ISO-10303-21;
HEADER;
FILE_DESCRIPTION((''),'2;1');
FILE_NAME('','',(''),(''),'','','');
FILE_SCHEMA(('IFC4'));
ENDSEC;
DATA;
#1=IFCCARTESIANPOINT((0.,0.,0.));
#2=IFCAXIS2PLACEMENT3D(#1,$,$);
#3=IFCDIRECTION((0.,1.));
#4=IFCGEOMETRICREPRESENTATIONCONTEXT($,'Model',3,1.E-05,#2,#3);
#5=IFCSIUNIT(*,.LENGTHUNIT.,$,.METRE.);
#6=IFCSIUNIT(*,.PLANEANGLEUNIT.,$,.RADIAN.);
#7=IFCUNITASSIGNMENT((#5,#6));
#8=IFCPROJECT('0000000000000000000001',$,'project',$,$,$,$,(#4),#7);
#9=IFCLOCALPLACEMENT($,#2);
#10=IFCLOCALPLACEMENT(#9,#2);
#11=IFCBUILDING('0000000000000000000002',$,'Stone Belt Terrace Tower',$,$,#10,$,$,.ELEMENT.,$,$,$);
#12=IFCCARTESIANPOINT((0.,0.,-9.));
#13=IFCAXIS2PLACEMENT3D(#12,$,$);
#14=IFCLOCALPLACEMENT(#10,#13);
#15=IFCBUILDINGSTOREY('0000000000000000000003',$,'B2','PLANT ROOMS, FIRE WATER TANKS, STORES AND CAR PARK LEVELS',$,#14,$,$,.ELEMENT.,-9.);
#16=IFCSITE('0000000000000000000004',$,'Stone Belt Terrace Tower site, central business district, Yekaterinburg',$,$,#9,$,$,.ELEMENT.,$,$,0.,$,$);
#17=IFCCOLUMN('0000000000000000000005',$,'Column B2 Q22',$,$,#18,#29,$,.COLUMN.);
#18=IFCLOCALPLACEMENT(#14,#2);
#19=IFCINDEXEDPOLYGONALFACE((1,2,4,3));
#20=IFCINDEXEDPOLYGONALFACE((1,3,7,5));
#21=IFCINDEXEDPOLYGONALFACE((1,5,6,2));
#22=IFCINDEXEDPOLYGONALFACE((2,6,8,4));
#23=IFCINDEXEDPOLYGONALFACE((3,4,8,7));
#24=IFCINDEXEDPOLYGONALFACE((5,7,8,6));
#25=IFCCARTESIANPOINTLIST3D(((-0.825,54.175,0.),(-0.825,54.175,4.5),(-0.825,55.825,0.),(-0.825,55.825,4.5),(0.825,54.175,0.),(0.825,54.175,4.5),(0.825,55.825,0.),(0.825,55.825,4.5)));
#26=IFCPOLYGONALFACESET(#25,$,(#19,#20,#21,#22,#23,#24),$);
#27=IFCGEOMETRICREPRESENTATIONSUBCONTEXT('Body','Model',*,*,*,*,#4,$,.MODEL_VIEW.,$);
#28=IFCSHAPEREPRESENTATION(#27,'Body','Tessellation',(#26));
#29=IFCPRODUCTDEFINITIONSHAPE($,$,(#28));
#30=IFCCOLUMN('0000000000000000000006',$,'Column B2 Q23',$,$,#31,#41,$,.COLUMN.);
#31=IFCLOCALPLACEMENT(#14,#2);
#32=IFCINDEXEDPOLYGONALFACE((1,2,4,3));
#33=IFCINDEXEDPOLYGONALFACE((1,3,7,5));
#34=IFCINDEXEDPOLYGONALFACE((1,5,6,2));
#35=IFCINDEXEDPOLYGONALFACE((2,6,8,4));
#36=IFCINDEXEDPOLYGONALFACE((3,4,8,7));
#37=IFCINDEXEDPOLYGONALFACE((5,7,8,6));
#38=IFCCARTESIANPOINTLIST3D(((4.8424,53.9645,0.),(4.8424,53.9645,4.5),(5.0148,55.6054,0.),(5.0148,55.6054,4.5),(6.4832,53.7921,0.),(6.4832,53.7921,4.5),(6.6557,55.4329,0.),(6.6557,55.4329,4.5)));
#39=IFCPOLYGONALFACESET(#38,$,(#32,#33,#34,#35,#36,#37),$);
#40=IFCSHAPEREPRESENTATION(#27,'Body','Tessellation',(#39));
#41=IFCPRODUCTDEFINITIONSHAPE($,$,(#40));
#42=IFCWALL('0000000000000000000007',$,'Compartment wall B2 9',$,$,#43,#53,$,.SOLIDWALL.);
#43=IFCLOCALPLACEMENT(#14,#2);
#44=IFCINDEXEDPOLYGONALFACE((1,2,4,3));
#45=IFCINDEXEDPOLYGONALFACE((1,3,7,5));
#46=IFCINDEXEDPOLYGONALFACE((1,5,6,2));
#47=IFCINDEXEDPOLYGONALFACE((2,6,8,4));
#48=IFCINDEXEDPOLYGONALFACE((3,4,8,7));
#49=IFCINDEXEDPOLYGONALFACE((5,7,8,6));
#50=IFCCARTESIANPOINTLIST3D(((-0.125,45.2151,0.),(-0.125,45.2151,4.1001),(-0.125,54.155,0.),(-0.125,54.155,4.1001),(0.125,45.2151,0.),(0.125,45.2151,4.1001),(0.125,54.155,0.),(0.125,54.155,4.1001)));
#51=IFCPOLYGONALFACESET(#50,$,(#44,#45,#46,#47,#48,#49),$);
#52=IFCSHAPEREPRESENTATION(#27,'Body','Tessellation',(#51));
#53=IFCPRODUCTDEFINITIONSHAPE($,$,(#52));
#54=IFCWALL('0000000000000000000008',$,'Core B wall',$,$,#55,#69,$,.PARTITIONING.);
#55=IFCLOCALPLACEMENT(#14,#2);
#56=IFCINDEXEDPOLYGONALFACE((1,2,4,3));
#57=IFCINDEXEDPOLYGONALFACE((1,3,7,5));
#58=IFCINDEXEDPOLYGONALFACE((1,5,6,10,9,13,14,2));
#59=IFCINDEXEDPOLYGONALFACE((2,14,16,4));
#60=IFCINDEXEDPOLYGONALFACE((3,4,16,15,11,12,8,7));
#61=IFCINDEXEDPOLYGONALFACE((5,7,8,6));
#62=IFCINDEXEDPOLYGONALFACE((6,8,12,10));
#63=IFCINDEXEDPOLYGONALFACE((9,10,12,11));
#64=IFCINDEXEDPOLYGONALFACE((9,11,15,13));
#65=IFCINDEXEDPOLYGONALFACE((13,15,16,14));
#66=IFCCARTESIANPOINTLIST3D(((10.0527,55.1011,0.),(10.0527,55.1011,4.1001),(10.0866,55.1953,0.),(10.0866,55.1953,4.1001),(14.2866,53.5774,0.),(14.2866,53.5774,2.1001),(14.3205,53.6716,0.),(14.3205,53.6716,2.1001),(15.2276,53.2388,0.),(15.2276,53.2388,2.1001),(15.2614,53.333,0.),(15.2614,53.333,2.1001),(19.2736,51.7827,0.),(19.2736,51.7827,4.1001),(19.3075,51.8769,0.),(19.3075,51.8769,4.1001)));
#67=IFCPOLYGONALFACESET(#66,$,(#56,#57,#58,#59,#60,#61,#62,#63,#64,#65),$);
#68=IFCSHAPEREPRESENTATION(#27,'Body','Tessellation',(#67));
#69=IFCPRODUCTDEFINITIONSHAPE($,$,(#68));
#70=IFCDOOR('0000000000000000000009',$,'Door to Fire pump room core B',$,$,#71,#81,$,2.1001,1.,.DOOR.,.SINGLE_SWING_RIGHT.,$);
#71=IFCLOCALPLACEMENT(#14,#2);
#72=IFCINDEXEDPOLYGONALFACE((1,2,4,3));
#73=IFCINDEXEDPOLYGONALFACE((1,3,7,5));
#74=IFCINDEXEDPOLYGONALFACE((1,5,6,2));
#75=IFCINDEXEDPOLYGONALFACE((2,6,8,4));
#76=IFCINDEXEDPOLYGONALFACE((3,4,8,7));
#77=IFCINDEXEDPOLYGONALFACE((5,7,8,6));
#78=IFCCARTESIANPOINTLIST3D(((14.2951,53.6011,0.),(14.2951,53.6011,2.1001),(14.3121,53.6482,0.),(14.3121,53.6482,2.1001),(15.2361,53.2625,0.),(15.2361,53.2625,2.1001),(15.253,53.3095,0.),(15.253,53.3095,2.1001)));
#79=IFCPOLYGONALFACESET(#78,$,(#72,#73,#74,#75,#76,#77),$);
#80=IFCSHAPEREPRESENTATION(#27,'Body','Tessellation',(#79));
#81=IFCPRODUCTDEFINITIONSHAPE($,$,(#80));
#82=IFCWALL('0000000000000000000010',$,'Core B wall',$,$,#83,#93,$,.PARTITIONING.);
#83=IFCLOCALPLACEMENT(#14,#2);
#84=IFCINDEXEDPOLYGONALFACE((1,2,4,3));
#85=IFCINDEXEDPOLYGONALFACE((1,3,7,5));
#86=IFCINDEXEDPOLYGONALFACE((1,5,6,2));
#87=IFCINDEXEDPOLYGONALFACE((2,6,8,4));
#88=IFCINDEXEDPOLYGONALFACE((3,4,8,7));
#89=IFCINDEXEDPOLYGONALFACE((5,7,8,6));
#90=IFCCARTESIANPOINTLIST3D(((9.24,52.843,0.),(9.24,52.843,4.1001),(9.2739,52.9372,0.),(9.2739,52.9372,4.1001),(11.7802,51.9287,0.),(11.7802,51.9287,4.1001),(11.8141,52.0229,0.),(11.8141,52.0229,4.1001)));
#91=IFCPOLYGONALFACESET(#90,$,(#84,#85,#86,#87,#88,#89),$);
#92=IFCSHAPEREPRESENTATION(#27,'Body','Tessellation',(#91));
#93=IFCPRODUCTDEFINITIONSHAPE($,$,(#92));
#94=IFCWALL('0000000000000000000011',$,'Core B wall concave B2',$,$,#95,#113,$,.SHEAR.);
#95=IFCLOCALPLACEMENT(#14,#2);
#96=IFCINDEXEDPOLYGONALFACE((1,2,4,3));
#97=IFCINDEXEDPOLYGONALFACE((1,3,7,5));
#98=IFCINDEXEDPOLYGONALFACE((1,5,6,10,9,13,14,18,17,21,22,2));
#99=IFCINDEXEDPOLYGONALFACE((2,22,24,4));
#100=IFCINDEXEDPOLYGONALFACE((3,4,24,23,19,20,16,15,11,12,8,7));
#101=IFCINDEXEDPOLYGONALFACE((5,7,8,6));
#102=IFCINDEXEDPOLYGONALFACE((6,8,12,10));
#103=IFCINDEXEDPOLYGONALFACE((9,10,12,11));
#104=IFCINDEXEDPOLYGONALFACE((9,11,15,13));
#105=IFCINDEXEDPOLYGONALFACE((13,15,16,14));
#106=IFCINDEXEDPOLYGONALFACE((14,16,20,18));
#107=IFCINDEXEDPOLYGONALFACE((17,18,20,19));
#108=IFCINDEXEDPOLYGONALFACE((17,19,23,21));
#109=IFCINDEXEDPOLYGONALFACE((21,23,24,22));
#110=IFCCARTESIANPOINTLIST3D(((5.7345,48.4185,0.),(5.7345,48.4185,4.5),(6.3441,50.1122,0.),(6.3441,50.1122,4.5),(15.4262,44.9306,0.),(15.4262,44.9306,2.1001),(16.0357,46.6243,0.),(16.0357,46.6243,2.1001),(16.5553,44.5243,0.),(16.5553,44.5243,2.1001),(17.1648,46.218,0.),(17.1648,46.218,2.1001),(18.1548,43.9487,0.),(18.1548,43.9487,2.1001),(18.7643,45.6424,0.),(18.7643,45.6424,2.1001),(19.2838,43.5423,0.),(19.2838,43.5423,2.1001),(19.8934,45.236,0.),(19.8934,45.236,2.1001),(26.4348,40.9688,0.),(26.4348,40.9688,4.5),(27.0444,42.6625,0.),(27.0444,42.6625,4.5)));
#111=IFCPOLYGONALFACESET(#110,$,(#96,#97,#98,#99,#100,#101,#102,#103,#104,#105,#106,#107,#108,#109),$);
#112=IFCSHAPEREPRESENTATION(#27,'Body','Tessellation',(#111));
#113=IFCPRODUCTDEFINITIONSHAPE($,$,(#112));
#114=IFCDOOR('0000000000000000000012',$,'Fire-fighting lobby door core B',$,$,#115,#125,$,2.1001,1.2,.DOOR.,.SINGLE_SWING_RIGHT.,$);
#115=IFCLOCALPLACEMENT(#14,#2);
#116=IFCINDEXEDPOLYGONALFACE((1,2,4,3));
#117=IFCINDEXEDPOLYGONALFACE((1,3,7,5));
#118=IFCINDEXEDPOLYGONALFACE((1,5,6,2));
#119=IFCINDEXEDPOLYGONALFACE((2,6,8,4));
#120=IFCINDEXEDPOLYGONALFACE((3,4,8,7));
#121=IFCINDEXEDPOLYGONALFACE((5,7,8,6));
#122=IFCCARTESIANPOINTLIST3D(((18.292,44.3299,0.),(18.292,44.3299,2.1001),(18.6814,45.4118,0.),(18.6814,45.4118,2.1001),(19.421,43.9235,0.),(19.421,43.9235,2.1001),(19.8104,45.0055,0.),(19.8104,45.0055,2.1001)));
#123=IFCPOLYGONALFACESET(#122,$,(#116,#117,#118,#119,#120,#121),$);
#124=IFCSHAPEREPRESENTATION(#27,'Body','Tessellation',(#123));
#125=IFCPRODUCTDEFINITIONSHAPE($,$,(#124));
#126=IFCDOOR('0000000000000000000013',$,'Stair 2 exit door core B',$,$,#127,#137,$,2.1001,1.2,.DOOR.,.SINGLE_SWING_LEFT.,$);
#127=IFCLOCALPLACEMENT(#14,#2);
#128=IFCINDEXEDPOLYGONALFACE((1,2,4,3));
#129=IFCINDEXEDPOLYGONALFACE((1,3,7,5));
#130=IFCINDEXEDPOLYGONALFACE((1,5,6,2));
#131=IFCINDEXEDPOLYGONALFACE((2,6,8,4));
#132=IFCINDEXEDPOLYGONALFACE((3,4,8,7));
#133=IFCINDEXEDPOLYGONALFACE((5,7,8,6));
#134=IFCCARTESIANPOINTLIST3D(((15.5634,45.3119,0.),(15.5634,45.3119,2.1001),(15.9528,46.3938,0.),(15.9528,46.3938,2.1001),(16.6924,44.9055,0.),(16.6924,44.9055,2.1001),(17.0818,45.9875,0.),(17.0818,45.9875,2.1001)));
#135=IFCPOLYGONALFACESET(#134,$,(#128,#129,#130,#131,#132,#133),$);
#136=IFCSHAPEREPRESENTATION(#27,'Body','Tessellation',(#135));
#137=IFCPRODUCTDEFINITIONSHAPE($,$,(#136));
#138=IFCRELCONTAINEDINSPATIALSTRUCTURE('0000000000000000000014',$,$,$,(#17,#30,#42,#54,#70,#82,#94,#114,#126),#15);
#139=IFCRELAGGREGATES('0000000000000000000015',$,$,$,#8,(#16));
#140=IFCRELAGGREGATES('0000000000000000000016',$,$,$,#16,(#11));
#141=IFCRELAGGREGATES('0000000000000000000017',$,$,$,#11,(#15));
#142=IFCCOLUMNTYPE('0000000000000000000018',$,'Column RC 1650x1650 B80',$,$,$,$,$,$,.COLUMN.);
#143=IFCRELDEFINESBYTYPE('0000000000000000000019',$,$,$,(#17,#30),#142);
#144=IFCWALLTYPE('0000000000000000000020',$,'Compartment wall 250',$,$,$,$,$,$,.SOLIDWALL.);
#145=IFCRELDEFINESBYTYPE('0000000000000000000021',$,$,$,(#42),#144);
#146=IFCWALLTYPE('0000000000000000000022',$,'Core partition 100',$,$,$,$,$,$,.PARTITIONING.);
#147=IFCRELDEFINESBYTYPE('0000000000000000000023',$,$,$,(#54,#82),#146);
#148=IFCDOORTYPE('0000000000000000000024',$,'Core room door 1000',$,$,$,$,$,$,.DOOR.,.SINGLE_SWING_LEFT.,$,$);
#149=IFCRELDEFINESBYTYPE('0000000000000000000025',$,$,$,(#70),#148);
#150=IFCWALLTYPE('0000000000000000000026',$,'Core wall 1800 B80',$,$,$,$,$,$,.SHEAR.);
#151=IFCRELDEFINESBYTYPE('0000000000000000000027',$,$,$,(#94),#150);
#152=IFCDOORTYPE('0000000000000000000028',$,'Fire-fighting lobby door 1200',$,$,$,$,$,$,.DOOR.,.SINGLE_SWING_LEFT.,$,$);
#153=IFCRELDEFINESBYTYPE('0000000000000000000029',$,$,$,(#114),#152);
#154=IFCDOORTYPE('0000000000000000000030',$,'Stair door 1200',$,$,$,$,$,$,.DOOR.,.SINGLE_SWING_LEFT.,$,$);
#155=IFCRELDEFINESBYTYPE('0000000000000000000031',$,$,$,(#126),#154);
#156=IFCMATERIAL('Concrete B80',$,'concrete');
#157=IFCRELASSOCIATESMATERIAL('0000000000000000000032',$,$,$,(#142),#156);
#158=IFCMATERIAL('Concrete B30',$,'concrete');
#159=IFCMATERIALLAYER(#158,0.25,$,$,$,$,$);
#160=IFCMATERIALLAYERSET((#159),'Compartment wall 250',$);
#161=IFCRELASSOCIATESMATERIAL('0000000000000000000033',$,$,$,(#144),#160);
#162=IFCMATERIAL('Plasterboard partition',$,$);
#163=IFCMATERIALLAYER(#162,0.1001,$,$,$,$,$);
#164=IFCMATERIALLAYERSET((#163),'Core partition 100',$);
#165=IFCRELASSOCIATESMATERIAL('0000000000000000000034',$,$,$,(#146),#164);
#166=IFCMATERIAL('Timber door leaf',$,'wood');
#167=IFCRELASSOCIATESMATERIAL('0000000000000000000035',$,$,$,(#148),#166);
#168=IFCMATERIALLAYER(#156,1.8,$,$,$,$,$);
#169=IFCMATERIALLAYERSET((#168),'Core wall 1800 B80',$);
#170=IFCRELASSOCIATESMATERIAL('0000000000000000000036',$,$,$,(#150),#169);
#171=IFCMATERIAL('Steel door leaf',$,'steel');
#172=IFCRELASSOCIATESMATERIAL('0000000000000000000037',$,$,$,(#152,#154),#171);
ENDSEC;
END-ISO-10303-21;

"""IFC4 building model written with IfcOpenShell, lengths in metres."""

from ifc_helpers import new_model, si_unit, direction, frame, frame_2d, origin, origin_2d, place, context, subcontext, project, spatial, rectangle, extrude, material, layer, layer_set, material_profile, profile_set, type_object, element, fill, save


model = new_model("IFC4")

# Units and contexts
model_context = context("Model", 3, precision=1e-05, world=origin(), true_north=direction((0.0, 1.0)))
body_context = subcontext(model_context, "Body", "Model", "MODEL_VIEW")
ifc_project = project(units=[si_unit("LENGTHUNIT", "METRE"), si_unit("PLANEANGLEUNIT", "RADIAN")], contexts=[model_context])

# Site, building, storey
site_placement = place(None, origin())
site = spatial("IfcSite", under=ifc_project, at=site_placement, Name="Stone Belt Terrace Tower site, central business district, Yekaterinburg", CompositionType="ELEMENT", RefElevation=0.0)
building_placement = place(site_placement, origin())
building = spatial("IfcBuilding", under=site, at=building_placement, Name="Stone Belt Terrace Tower", CompositionType="ELEMENT")
storey_placement = place(building_placement, frame((0.0, 0.0, -9.0)))
storey = spatial("IfcBuildingStorey", under=building, at=storey_placement, Name="B2", Description="PLANT ROOMS, FIRE WATER TANKS, STORES AND CAR PARK LEVELS", CompositionType="ELEMENT", Elevation=-9.0)

# Columns
ifc_material_1 = material(Name="Concrete B80", Category="concrete")
ifc_material_profile = material_profile(ifc_material_1, rectangle(XDim=1.6499, YDim=1.6499, at=origin_2d()), Name="RC 1650x1650")
ifc_profile_set = profile_set([ifc_material_profile], Name="Concrete B80")
column_type = type_object("IfcColumnType", Name="Column RC 1650x1650 B80", PredefinedType="COLUMN", material=ifc_profile_set)
for number, where, z_axis, x_axis, name in (
    (1, (0.0, 55.0, 0.0), (0.0, 0.0, 1.0), (1.0, 0.0, 0.0), "Column B2 Q22"),
    (2, (5.749, 54.6987, 0.0), (0.0, 0.0, 1.0), (0.994522, -0.104528, 0.0), "Column B2 Q23"),
):
    element("IfcColumn", number, at=place(storey_placement, frame(where, z_axis=z_axis, x_axis=x_axis)), inside=storey, type_object=column_type, Name=name, PredefinedType="COLUMN", context=body_context, shape_type="SweptSolid", body=[
        extrude(rectangle(XDim=1.6499, YDim=1.6499, at=origin_2d()), origin(), (0.0, 0.0, 1.0), 4.5),
    ])

# Wall
ifc_material_2 = material(Name="Concrete B30", Category="concrete")
ifc_layer_1 = layer(ifc_material_2, 0.25)
ifc_layer_set_1 = layer_set([ifc_layer_1], Name="Compartment wall 250")
wall_type_1 = type_object("IfcWallType", Name="Compartment wall 250", PredefinedType="SOLIDWALL", material=ifc_layer_set_1)
wall_1_placement = place(storey_placement, frame((0.0, 45.2151, 0.0), z_axis=(0.0, 0.0, 1.0), x_axis=(0.0, 1.0, 0.0)))
element("IfcWall", 3, at=wall_1_placement, inside=storey, type_object=wall_type_1, Name="Compartment wall B2 9", PredefinedType="SOLIDWALL", context=body_context, shape_type="SweptSolid", body=[
    extrude(rectangle(XDim=8.9399, YDim=0.25, at=frame_2d((4.47, 0.0))), origin(), (0.0, 0.0, 1.0), 4.1001),
])

# Wall, opening, door
ifc_material_3 = material(Name="Plasterboard partition")
ifc_layer_2 = layer(ifc_material_3, 0.1001)
ifc_layer_set_2 = layer_set([ifc_layer_2], Name="Core partition 100")
wall_type_2 = type_object("IfcWallType", Name="Core partition 100", PredefinedType="PARTITIONING", material=ifc_layer_set_2)
wall_2_placement = place(storey_placement, frame((19.2905, 51.8298, 0.0), z_axis=(0.0, 0.0, 1.0), x_axis=(-0.940926, 0.338613, 0.0)))
wall_2 = element("IfcWall", 4, at=wall_2_placement, inside=storey, type_object=wall_type_2, Name="Core B wall", PredefinedType="PARTITIONING", context=body_context, shape_type="SweptSolid", body=[
    extrude(rectangle(XDim=9.7998, YDim=0.1001, at=frame_2d((4.8999, 0.0))), origin(), (0.0, 0.0, 1.0), 4.1001),
])
opening_1_placement = place(wall_2_placement, frame((4.3, 0.0, 0.0)))
opening_1 = element("IfcOpeningElement", 5, at=opening_1_placement, cuts=wall_2, PredefinedType="OPENING", context=body_context, shape_type="SweptSolid", body=[
    extrude(rectangle(XDim=1.0, YDim=2.1001, at=frame_2d((0.5, 1.05))), frame((0.0, 0.0601, 0.0), z_axis=(0.0, -1.0, 0.0), x_axis=(1.0, 0.0, 0.0)), (0.0, 0.0, 1.0), 0.1201),
])
ifc_material_4 = material(Name="Timber door leaf", Category="wood")
door_type_1 = type_object("IfcDoorType", Name="Core room door 1000", OperationType="SINGLE_SWING_LEFT", PredefinedType="DOOR", material=ifc_material_4)
door_1_placement = place(opening_1_placement, origin())
door_1 = element("IfcDoor", 6, at=door_1_placement, inside=storey, type_object=door_type_1, Name="Door to Fire pump room core B", OperationType="SINGLE_SWING_RIGHT", OverallHeight=2.1001, OverallWidth=1.0, PredefinedType="DOOR", context=body_context, shape_type="SweptSolid", body=[
    extrude(rectangle(XDim=1.0, YDim=2.1001, at=frame_2d((0.5, 1.05))), frame((0.0, 0.0249, 0.0), z_axis=(0.0, -1.0, 0.0), x_axis=(1.0, 0.0, 0.0)), (0.0, 0.0, 1.0), 0.05),
])
fill(opening_1, door_1)

# Wall
wall_3_placement = place(storey_placement, frame((11.7971, 51.9758, 0.0), z_axis=(0.0, 0.0, 1.0), x_axis=(-0.94091, 0.338655, 0.0)))
element("IfcWall", 7, at=wall_3_placement, inside=storey, type_object=wall_type_2, Name="Core B wall", PredefinedType="PARTITIONING", context=body_context, shape_type="SweptSolid", body=[
    extrude(rectangle(XDim=2.6997, YDim=0.1001, at=frame_2d((1.3499, 0.0))), origin(), (0.0, 0.0, 1.0), 4.1001),
])

# Wall, openings, doors
ifc_layer_3 = layer(ifc_material_1, 1.8)
ifc_layer_set_3 = layer_set([ifc_layer_3], Name="Core wall 1800 B80")
wall_type_3 = type_object("IfcWallType", Name="Core wall 1800 B80", PredefinedType="SHEAR", material=ifc_layer_set_3)
wall_4_placement = place(storey_placement, frame((6.0393, 49.2654, 0.0), z_axis=(0.0, 0.0, 1.0), x_axis=(0.940922, -0.338624, 0.0)))
wall_4 = element("IfcWall", 8, at=wall_4_placement, inside=storey, type_object=wall_type_3, Name="Core B wall concave B2", PredefinedType="SHEAR", context=body_context, shape_type="SweptSolid", body=[
    extrude(rectangle(XDim=22.0, YDim=1.8, at=frame_2d((11.0, 0.0))), origin(), (0.0, 0.0, 1.0), 4.5),
])
opening_2_placement = place(wall_4_placement, frame((13.2, 0.0, 0.0)))
opening_2 = element("IfcOpeningElement", 9, at=opening_2_placement, cuts=wall_4, PredefinedType="OPENING", context=body_context, shape_type="SweptSolid", body=[
    extrude(rectangle(XDim=1.2, YDim=2.1001, at=frame_2d((0.6001, 1.05))), frame((0.0, 0.9099, 0.0), z_axis=(0.0, -1.0, 0.0), x_axis=(1.0, 0.0, 0.0)), (0.0, 0.0, 1.0), 1.8201),
])
opening_3_placement = place(wall_4_placement, frame((10.3, 0.0, 0.0)))
opening_3 = element("IfcOpeningElement", 10, at=opening_3_placement, cuts=wall_4, PredefinedType="OPENING", context=body_context, shape_type="SweptSolid", body=[
    extrude(rectangle(XDim=1.2, YDim=2.1001, at=frame_2d((0.6001, 1.05))), frame((0.0, 0.9099, 0.0), z_axis=(0.0, -1.0, 0.0), x_axis=(1.0, 0.0, 0.0)), (0.0, 0.0, 1.0), 1.8201),
])
ifc_material_5 = material(Name="Steel door leaf", Category="steel")
door_type_2 = type_object("IfcDoorType", Name="Fire-fighting lobby door 1200", OperationType="SINGLE_SWING_LEFT", PredefinedType="DOOR", material=ifc_material_5)
door_2_placement = place(opening_2_placement, origin())
door_2 = element("IfcDoor", 11, at=door_2_placement, inside=storey, type_object=door_type_2, Name="Fire-fighting lobby door core B", OperationType="SINGLE_SWING_RIGHT", OverallHeight=2.1001, OverallWidth=1.2, PredefinedType="DOOR", context=body_context, shape_type="SweptSolid", body=[
    extrude(rectangle(XDim=1.2, YDim=2.1001, at=frame_2d((0.6001, 1.05))), frame((0.0, 0.655, 0.0), z_axis=(0.0, -1.0, 0.0), x_axis=(1.0, 0.0, 0.0)), (0.0, 0.0, 1.0), 1.1499),
])
fill(opening_2, door_2)
door_type_3 = type_object("IfcDoorType", Name="Stair door 1200", OperationType="SINGLE_SWING_LEFT", PredefinedType="DOOR", material=ifc_material_5)
door_3_placement = place(opening_3_placement, origin())
door_3 = element("IfcDoor", 12, at=door_3_placement, inside=storey, type_object=door_type_3, Name="Stair 2 exit door core B", OperationType="SINGLE_SWING_LEFT", OverallHeight=2.1001, OverallWidth=1.2, PredefinedType="DOOR", context=body_context, shape_type="SweptSolid", body=[
    extrude(rectangle(XDim=1.2, YDim=2.1001, at=frame_2d((0.6001, 1.05))), frame((0.0, 0.655, 0.0), z_axis=(0.0, -1.0, 0.0), x_axis=(1.0, 0.0, 0.0)), (0.0, 0.0, 1.0), 1.1499),
])
fill(opening_3, door_3)

save(model, "model.ifc")
